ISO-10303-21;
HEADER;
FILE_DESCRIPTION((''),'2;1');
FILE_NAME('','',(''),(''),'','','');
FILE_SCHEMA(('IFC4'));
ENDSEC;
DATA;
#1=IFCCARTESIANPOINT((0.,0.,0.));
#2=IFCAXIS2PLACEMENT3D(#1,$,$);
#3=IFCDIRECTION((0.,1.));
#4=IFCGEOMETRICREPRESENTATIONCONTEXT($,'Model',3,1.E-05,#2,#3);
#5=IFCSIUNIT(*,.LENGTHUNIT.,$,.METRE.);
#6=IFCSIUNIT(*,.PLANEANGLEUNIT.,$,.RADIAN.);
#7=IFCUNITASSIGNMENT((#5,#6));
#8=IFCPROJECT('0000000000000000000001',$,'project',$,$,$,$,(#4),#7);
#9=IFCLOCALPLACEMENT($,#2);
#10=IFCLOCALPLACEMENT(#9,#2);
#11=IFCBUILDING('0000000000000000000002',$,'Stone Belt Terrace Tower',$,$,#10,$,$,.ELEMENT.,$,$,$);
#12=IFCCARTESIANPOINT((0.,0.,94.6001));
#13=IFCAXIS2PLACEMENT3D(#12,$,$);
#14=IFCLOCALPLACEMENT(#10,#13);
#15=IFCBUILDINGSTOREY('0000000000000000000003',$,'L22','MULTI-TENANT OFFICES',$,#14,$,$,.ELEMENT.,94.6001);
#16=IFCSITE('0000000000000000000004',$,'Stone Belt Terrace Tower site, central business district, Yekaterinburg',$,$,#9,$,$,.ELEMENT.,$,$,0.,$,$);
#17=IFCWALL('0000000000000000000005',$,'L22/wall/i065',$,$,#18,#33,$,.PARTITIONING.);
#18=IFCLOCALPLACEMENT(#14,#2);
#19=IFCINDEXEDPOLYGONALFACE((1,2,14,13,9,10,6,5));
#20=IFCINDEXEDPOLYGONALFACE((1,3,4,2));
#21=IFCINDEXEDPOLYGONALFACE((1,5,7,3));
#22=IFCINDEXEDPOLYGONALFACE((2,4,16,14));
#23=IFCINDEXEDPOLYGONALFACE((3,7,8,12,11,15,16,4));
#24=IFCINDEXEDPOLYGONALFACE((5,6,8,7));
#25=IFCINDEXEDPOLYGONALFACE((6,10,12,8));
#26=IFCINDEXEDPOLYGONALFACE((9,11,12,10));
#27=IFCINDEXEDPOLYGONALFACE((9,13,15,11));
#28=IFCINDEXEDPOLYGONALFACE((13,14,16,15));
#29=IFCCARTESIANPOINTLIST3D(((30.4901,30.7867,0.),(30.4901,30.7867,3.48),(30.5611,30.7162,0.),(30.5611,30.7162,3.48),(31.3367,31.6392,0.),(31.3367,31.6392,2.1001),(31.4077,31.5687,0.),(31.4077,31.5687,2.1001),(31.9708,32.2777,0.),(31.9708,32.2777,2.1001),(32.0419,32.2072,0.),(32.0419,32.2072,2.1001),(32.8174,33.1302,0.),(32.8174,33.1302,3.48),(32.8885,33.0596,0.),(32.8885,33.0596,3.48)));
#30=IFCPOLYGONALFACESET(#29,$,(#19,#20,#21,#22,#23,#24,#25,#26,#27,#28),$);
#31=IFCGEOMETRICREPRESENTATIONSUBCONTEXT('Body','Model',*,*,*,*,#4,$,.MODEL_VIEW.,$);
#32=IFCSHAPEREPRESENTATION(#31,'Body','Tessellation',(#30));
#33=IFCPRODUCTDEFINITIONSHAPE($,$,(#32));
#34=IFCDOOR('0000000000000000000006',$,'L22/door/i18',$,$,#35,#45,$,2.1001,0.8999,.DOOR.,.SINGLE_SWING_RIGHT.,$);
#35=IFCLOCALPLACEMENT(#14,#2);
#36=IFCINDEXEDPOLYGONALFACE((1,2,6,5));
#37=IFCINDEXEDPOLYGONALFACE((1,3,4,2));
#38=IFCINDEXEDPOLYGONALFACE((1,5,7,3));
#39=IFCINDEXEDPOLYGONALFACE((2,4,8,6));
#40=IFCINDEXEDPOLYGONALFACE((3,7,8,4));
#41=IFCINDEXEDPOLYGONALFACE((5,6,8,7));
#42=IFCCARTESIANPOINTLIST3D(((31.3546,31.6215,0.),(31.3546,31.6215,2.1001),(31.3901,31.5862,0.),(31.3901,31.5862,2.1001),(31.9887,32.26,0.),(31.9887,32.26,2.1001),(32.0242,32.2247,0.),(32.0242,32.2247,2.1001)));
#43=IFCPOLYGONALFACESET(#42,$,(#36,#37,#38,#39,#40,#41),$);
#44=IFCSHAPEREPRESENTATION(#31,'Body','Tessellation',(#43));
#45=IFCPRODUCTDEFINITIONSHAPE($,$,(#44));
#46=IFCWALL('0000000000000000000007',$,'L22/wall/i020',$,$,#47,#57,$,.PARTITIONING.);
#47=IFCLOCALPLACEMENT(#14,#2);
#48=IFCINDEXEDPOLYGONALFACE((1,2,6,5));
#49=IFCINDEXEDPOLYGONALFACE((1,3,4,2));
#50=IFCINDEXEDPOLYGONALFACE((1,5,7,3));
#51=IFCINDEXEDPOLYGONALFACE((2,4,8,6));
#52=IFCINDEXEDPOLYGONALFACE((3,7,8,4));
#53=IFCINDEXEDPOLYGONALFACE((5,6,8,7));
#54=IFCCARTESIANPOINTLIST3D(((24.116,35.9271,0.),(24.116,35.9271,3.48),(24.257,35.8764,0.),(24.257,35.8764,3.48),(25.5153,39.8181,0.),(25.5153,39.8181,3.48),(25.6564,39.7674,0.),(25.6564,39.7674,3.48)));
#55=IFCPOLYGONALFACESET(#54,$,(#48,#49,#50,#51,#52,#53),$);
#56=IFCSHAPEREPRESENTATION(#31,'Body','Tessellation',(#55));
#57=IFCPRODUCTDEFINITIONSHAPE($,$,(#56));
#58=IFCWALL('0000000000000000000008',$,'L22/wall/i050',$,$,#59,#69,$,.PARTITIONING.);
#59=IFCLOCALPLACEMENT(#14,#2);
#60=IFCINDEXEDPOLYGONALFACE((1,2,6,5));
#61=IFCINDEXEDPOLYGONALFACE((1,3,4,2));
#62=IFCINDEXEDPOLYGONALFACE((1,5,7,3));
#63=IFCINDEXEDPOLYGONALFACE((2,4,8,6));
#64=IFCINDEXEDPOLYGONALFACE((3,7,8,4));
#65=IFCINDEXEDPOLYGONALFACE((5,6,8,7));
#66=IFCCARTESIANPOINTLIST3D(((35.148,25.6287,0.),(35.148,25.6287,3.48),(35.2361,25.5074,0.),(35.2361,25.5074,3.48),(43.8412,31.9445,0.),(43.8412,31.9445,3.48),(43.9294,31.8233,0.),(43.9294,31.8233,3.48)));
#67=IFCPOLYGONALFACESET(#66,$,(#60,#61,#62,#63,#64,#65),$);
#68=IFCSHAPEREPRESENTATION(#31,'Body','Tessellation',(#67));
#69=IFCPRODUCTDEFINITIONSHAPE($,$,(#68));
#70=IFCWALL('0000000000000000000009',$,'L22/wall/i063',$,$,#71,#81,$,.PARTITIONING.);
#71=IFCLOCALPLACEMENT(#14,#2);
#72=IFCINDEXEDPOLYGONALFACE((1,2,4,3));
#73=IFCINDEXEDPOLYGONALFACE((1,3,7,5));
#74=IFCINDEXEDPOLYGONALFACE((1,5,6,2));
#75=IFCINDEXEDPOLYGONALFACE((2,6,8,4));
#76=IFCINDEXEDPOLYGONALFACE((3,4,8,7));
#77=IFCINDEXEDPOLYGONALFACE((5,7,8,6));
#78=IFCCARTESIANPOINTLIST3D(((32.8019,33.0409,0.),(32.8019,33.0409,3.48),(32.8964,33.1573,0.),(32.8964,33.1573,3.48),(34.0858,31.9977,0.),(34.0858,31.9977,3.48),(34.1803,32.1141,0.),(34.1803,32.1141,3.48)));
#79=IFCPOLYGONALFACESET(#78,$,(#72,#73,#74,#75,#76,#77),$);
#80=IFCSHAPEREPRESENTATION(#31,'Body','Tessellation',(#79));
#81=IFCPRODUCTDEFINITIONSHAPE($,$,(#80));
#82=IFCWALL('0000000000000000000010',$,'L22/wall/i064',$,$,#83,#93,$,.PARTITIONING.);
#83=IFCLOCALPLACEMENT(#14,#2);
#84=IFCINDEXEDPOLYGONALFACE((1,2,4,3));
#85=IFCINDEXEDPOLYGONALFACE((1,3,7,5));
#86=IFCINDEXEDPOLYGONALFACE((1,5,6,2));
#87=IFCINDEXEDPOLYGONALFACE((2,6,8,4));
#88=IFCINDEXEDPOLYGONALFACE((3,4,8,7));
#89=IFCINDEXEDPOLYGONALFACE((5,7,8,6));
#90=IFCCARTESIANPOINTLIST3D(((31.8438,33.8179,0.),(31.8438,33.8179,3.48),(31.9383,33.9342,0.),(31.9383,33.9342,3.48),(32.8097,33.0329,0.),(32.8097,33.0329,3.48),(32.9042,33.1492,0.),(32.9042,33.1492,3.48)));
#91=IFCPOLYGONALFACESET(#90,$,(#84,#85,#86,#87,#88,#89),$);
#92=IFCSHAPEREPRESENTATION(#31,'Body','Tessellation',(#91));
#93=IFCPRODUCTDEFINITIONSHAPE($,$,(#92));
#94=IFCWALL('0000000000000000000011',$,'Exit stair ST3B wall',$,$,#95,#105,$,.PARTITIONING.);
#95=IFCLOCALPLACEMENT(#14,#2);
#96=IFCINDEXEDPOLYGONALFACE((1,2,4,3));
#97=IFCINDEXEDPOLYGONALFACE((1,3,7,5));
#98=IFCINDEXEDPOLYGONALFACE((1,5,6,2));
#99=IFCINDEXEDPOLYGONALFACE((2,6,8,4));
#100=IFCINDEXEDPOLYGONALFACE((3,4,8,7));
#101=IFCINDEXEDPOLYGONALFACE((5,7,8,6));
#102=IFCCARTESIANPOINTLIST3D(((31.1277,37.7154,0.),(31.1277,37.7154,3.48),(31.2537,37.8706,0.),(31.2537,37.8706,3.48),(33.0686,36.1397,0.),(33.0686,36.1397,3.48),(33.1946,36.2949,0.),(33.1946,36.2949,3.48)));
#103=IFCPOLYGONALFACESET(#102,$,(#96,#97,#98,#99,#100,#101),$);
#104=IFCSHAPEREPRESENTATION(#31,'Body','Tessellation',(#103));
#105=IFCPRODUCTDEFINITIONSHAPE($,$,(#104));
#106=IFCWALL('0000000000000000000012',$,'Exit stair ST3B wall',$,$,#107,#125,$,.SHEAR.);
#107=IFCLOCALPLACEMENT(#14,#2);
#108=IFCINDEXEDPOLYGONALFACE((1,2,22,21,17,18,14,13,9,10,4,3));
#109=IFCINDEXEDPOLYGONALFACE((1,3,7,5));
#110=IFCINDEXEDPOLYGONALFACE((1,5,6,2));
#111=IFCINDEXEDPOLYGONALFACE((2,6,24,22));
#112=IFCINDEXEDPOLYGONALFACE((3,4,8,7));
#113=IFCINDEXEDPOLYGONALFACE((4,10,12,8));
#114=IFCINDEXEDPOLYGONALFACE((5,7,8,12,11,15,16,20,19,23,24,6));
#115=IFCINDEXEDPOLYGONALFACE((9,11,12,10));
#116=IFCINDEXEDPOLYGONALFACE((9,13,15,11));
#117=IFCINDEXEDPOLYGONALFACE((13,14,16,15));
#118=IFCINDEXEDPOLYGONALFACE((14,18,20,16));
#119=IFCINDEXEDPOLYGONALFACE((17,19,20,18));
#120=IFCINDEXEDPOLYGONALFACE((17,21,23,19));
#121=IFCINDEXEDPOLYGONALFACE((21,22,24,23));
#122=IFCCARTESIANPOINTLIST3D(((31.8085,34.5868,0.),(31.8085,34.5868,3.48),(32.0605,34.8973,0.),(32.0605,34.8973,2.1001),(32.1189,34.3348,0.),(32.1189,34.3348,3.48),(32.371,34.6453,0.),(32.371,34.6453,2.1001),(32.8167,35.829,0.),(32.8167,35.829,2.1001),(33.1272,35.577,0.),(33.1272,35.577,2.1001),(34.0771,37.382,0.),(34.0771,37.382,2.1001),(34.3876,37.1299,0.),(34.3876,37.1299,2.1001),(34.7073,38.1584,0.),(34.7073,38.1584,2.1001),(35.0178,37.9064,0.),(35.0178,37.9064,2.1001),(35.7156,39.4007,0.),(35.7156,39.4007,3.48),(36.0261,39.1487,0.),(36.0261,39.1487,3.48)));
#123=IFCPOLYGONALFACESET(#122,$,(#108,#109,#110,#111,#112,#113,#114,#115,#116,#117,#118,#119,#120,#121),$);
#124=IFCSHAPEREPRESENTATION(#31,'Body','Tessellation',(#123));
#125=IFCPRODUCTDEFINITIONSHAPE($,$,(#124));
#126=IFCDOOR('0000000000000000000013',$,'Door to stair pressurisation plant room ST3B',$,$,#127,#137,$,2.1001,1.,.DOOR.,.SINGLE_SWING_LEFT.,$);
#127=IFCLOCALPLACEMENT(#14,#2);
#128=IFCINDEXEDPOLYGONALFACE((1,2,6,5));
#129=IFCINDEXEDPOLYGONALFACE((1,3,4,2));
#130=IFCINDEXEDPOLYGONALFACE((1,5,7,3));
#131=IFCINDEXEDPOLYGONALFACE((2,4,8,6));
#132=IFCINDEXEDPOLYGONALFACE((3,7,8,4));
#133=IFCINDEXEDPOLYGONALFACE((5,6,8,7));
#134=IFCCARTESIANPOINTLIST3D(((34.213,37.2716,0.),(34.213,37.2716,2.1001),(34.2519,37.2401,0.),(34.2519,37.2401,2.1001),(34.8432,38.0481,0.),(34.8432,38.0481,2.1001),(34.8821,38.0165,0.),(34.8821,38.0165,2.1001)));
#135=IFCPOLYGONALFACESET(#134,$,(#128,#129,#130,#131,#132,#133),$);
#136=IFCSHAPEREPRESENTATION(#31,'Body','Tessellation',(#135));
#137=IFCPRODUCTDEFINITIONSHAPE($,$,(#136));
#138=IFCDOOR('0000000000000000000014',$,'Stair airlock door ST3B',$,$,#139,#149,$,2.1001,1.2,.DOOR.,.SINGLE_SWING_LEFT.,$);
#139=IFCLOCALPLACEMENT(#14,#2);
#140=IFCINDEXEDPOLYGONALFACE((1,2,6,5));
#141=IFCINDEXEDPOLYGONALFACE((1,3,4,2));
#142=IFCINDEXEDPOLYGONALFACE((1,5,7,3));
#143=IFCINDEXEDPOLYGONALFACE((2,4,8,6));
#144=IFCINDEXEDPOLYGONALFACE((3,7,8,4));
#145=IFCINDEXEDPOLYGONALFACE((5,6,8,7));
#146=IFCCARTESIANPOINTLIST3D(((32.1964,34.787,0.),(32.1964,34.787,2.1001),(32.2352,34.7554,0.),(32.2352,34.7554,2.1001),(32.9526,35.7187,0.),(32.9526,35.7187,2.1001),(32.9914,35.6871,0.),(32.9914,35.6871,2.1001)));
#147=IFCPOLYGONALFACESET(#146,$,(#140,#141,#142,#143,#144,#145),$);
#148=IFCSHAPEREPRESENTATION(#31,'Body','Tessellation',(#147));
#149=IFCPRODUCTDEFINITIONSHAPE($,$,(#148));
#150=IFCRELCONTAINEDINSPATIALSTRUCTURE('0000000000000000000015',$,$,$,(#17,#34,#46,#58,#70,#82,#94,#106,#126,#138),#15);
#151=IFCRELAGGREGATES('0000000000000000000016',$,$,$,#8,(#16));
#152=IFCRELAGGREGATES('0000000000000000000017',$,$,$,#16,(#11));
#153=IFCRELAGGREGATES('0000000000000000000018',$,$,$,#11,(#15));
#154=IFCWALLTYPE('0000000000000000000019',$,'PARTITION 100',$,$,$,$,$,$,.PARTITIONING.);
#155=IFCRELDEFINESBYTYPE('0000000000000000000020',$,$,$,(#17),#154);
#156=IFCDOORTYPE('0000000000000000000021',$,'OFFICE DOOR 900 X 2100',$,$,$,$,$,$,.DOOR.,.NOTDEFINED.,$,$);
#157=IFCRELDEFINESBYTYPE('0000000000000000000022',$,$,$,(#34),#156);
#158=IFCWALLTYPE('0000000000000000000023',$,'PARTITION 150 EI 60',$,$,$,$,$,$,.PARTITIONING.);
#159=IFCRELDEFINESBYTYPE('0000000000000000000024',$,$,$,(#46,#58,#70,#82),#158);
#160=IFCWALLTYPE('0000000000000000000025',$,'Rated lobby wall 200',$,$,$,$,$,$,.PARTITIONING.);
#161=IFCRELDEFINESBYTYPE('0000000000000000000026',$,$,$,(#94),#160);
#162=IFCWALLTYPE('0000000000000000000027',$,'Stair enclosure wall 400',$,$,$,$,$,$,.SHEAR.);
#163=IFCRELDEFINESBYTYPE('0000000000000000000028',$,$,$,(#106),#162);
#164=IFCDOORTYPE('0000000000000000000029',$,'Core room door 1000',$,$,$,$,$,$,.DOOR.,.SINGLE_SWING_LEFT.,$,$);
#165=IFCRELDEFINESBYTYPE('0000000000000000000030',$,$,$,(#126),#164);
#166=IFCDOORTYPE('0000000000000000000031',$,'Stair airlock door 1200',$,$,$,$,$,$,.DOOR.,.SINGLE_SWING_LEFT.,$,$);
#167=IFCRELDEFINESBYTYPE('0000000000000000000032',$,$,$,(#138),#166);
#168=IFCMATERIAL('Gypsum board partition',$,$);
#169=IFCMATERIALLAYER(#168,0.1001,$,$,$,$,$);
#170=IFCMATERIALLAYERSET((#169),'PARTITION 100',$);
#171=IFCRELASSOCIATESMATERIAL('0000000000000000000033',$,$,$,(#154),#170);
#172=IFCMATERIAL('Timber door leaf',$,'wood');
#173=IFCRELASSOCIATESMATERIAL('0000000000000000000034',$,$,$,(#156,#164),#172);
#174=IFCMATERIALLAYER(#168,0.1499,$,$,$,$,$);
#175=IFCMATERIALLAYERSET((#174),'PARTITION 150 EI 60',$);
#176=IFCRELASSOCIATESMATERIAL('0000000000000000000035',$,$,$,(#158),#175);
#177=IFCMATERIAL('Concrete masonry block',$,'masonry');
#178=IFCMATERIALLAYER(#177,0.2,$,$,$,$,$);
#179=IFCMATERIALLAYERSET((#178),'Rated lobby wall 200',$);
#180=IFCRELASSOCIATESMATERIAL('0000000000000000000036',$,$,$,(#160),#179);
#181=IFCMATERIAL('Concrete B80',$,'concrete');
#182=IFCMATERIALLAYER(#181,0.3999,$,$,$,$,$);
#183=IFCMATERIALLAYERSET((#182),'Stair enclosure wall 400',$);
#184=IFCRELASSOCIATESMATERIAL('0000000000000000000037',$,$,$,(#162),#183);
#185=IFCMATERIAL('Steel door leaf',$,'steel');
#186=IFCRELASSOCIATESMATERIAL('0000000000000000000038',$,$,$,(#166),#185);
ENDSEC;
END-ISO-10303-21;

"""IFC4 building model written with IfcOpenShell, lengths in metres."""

from ifc_helpers import new_model, si_unit, direction, frame, frame_2d, origin, place, context, subcontext, project, spatial, rectangle, extrude, material, layer, layer_set, type_object, element, fill, save


model = new_model("IFC4")

# Units and contexts
model_context = context("Model", 3, precision=1e-05, world=origin(), true_north=direction((0.0, 1.0)))
body_context = subcontext(model_context, "Body", "Model", "MODEL_VIEW")
ifc_project = project(units=[si_unit("LENGTHUNIT", "METRE"), si_unit("PLANEANGLEUNIT", "RADIAN")], contexts=[model_context])

# Site, building, storey
site_placement = place(None, origin())
site = spatial("IfcSite", under=ifc_project, at=site_placement, Name="Stone Belt Terrace Tower site, central business district, Yekaterinburg", CompositionType="ELEMENT", RefElevation=0.0)
building_placement = place(site_placement, origin())
building = spatial("IfcBuilding", under=site, at=building_placement, Name="Stone Belt Terrace Tower", CompositionType="ELEMENT")
storey_placement = place(building_placement, frame((0.0, 0.0, 94.6001)))
storey = spatial("IfcBuildingStorey", under=building, at=storey_placement, Name="L22", Description="MULTI-TENANT OFFICES", CompositionType="ELEMENT", Elevation=94.6001)

# Shared definitions
ifc_material_1 = material(Name="Concrete B80", Category="concrete")

# Wall, opening, door
ifc_material_2 = material(Name="Gypsum board partition")
ifc_layer_1 = layer(ifc_material_2, 0.1001)
ifc_layer_set_1 = layer_set([ifc_layer_1], Name="PARTITION 100")
wall_type_1 = type_object("IfcWallType", Name="PARTITION 100", PredefinedType="PARTITIONING", material=ifc_layer_set_1)
wall_1_placement = place(storey_placement, frame((30.5256, 30.7515, 0.0), z_axis=(0.0, 0.0, 1.0), x_axis=(0.704663, 0.709542, 0.0)))
wall_1 = element("IfcWall", 1, at=wall_1_placement, inside=storey, type_object=wall_type_1, Name="L22/wall/i065", PredefinedType="PARTITIONING", context=body_context, shape_type="SweptSolid", body=[
    extrude(rectangle(XDim=3.3027, YDim=0.1001, at=frame_2d((1.6514, 0.0))), origin(), (0.0, 0.0, 1.0), 3.48),
])
opening_1_placement = place(wall_1_placement, frame((1.2014, 0.0, 0.0)))
opening_1 = element("IfcOpeningElement", 2, at=opening_1_placement, cuts=wall_1, PredefinedType="OPENING", context=body_context, shape_type="SweptSolid", body=[
    extrude(rectangle(XDim=0.8999, YDim=2.1001, at=frame_2d((0.45, 1.05))), frame((0.0, 0.0601, 0.0), z_axis=(0.0, -1.0, 0.0), x_axis=(1.0, 0.0, 0.0)), (0.0, 0.0, 1.0), 0.1201),
])
ifc_material_3 = material(Name="Timber door leaf", Category="wood")
door_type_1 = type_object("IfcDoorType", Name="OFFICE DOOR 900 X 2100", OperationType="NOTDEFINED", PredefinedType="DOOR", material=ifc_material_3)
door_1_placement = place(opening_1_placement, origin())
door_1 = element("IfcDoor", 3, at=door_1_placement, inside=storey, type_object=door_type_1, Name="L22/door/i18", OperationType="SINGLE_SWING_RIGHT", OverallHeight=2.1001, OverallWidth=0.8999, PredefinedType="DOOR", context=body_context, shape_type="SweptSolid", body=[
    extrude(rectangle(XDim=0.8999, YDim=2.1001, at=frame_2d((0.45, 1.05))), frame((0.0, 0.0249, 0.0), z_axis=(0.0, -1.0, 0.0), x_axis=(1.0, 0.0, 0.0)), (0.0, 0.0, 1.0), 0.05),
])
fill(opening_1, door_1)

# Walls
ifc_layer_2 = layer(ifc_material_2, 0.1499)
ifc_layer_set_2 = layer_set([ifc_layer_2], Name="PARTITION 150 EI 60")
wall_type_2 = type_object("IfcWallType", Name="PARTITION 150 EI 60", PredefinedType="PARTITIONING", material=ifc_layer_set_2)
wall_2_placement = place(storey_placement, frame((24.1865, 35.9019, 0.0), z_axis=(0.0, 0.0, 1.0), x_axis=(0.338423, 0.940994, 0.0)))
element("IfcWall", 4, at=wall_2_placement, inside=storey, type_object=wall_type_2, Name="L22/wall/i020", PredefinedType="PARTITIONING", context=body_context, shape_type="SweptSolid", body=[
    extrude(rectangle(XDim=4.135, YDim=0.1499, at=frame_2d((2.0674, 0.0))), origin(), (0.0, 0.0, 1.0), 3.48),
])
wall_3_placement = place(storey_placement, frame((35.1921, 25.5681, 0.0), z_axis=(0.0, 0.0, 1.0), x_axis=(0.809025, 0.587774, 0.0)))
element("IfcWall", 5, at=wall_3_placement, inside=storey, type_object=wall_type_2, Name="L22/wall/i050", PredefinedType="PARTITIONING", context=body_context, shape_type="SweptSolid", body=[
    extrude(rectangle(XDim=10.7454, YDim=0.1499, at=frame_2d((5.3726, 0.0))), origin(), (0.0, 0.0, 1.0), 3.48),
])
wall_4_placement = place(storey_placement, frame((34.1331, 32.0559, 0.0), z_axis=(0.0, 0.0, 1.0), x_axis=(-0.776109, 0.630598, 0.0)))
element("IfcWall", 6, at=wall_4_placement, inside=storey, type_object=wall_type_2, Name="L22/wall/i063", PredefinedType="PARTITIONING", context=body_context, shape_type="SweptSolid", body=[
    extrude(rectangle(XDim=1.6543, YDim=0.1499, at=frame_2d((0.8271, 0.0))), origin(), (0.0, 0.0, 1.0), 3.48),
])
wall_5_placement = place(storey_placement, frame((32.8569, 33.0911, 0.0), z_axis=(0.0, 0.0, 1.0), x_axis=(-0.776042, 0.630681, 0.0)))
element("IfcWall", 7, at=wall_5_placement, inside=storey, type_object=wall_type_2, Name="L22/wall/i064", PredefinedType="PARTITIONING", context=body_context, shape_type="SweptSolid", body=[
    extrude(rectangle(XDim=1.2446, YDim=0.1499, at=frame_2d((0.6223, 0.0))), origin(), (0.0, 0.0, 1.0), 3.48),
])
ifc_material_4 = material(Name="Concrete masonry block", Category="masonry")
ifc_layer_3 = layer(ifc_material_4, 0.2)
ifc_layer_set_3 = layer_set([ifc_layer_3], Name="Rated lobby wall 200")
wall_type_3 = type_object("IfcWallType", Name="Rated lobby wall 200", PredefinedType="PARTITIONING", material=ifc_layer_set_3)
wall_6_placement = place(storey_placement, frame((31.1907, 37.793, 0.0), z_axis=(0.0, 0.0, 1.0), x_axis=(0.776371, -0.630276, 0.0)))
element("IfcWall", 8, at=wall_6_placement, inside=storey, type_object=wall_type_3, Name="Exit stair ST3B wall", PredefinedType="PARTITIONING", context=body_context, shape_type="SweptSolid", body=[
    extrude(rectangle(XDim=2.5, YDim=0.2, at=frame_2d((1.25, 0.0))), origin(), (0.0, 0.0, 1.0), 3.48),
])

# Wall, openings, doors
ifc_layer_4 = layer(ifc_material_1, 0.3999)
ifc_layer_set_4 = layer_set([ifc_layer_4], Name="Stair enclosure wall 400")
wall_type_4 = type_object("IfcWallType", Name="Stair enclosure wall 400", PredefinedType="SHEAR", material=ifc_layer_set_4)
wall_7_placement = place(storey_placement, frame((31.9636, 34.4607, 0.0), z_axis=(0.0, 0.0, 1.0), x_axis=(0.630192, 0.776439, 0.0)))
wall_7 = element("IfcWall", 9, at=wall_7_placement, inside=storey, type_object=wall_type_4, Name="Exit stair ST3B wall", PredefinedType="SHEAR", context=body_context, shape_type="SweptSolid", body=[
    extrude(rectangle(XDim=6.2, YDim=0.3999, at=frame_2d((3.1001, 0.0))), origin(), (0.0, 0.0, 1.0), 3.48),
])
opening_2_placement = place(wall_7_placement, frame((0.3999, 0.0, 0.0)))
opening_2 = element("IfcOpeningElement", 10, at=opening_2_placement, cuts=wall_7, PredefinedType="OPENING", context=body_context, shape_type="SweptSolid", body=[
    extrude(rectangle(XDim=1.2, YDim=2.1001, at=frame_2d((0.6001, 1.05))), frame((0.0, 0.21, 0.0), z_axis=(0.0, -1.0, 0.0), x_axis=(1.0, 0.0, 0.0)), (0.0, 0.0, 1.0), 0.4199),
])
opening_3_placement = place(wall_7_placement, frame((3.6001, 0.0, 0.0)))
opening_3 = element("IfcOpeningElement", 11, at=opening_3_placement, cuts=wall_7, PredefinedType="OPENING", context=body_context, shape_type="SweptSolid", body=[
    extrude(rectangle(XDim=1.0, YDim=2.1001, at=frame_2d((0.5, 1.05))), frame((0.0, 0.21, 0.0), z_axis=(0.0, -1.0, 0.0), x_axis=(1.0, 0.0, 0.0)), (0.0, 0.0, 1.0), 0.4199),
])
door_type_2 = type_object("IfcDoorType", Name="Core room door 1000", OperationType="SINGLE_SWING_LEFT", PredefinedType="DOOR", material=ifc_material_3)
door_2_placement = place(opening_3_placement, origin())
door_2 = element("IfcDoor", 12, at=door_2_placement, inside=storey, type_object=door_type_2, Name="Door to stair pressurisation plant room ST3B", OperationType="SINGLE_SWING_LEFT", OverallHeight=2.1001, OverallWidth=1.0, PredefinedType="DOOR", context=body_context, shape_type="SweptSolid", body=[
    extrude(rectangle(XDim=1.0, YDim=2.1001, at=frame_2d((0.5, 1.05))), frame((0.0, 0.0249, 0.0), z_axis=(0.0, -1.0, 0.0), x_axis=(1.0, 0.0, 0.0)), (0.0, 0.0, 1.0), 0.05),
])
fill(opening_3, door_2)
ifc_material_5 = material(Name="Steel door leaf", Category="steel")
door_type_3 = type_object("IfcDoorType", Name="Stair airlock door 1200", OperationType="SINGLE_SWING_LEFT", PredefinedType="DOOR", material=ifc_material_5)
door_3_placement = place(opening_2_placement, origin())
door_3 = element("IfcDoor", 13, at=door_3_placement, inside=storey, type_object=door_type_3, Name="Stair airlock door ST3B", OperationType="SINGLE_SWING_LEFT", OverallHeight=2.1001, OverallWidth=1.2, PredefinedType="DOOR", context=body_context, shape_type="SweptSolid", body=[
    extrude(rectangle(XDim=1.2, YDim=2.1001, at=frame_2d((0.6001, 1.05))), frame((0.0, 0.0249, 0.0), z_axis=(0.0, -1.0, 0.0), x_axis=(1.0, 0.0, 0.0)), (0.0, 0.0, 1.0), 0.05),
])
fill(opening_2, door_3)

save(model, "model.ifc")
